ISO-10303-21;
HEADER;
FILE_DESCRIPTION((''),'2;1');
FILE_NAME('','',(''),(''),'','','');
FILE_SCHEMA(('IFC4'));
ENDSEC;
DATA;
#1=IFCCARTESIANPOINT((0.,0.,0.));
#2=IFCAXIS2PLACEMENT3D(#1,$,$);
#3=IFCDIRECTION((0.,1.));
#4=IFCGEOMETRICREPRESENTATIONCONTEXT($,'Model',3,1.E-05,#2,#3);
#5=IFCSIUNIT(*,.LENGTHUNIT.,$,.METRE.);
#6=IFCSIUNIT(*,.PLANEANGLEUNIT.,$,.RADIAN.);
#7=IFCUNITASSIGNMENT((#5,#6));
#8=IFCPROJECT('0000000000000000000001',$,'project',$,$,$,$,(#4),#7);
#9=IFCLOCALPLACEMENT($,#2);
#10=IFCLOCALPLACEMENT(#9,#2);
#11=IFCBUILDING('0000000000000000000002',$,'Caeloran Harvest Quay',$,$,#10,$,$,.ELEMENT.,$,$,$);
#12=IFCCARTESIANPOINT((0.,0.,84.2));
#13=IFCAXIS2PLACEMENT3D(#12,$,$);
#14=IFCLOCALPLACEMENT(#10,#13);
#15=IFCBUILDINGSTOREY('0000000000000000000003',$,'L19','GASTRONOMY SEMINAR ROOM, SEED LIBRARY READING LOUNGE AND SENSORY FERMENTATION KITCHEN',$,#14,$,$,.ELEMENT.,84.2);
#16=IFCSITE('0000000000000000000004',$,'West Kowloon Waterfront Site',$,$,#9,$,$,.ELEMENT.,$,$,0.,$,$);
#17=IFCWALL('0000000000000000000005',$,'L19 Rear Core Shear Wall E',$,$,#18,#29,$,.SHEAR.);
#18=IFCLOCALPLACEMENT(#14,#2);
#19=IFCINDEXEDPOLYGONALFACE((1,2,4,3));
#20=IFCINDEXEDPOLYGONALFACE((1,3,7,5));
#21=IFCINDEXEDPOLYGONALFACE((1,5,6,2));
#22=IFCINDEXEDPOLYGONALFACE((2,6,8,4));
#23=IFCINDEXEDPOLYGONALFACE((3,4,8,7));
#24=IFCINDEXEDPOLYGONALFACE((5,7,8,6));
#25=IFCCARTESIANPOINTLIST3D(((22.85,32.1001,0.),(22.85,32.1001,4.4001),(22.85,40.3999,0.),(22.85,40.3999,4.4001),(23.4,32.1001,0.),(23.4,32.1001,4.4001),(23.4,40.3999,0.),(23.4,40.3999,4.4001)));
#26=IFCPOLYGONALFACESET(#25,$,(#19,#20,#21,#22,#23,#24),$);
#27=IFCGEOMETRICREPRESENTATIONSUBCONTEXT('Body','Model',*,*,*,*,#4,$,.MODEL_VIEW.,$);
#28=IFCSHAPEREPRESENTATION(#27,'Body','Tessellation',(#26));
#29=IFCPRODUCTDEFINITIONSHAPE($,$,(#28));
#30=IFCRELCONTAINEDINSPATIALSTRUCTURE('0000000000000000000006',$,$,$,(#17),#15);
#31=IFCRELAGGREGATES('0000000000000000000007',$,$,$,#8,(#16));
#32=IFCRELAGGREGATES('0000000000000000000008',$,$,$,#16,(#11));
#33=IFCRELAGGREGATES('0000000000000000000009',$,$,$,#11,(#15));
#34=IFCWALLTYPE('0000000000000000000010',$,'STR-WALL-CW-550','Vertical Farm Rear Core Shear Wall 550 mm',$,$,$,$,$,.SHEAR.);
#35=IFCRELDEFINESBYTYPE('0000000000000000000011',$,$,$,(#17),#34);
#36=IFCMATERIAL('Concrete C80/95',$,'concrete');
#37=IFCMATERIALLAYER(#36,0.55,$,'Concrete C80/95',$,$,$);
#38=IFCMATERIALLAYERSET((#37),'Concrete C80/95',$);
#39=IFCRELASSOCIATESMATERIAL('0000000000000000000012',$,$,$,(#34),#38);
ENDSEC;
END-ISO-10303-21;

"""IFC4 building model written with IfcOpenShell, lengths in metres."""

from ifc_helpers import new_model, si_unit, direction, frame, frame_2d, origin, place, context, subcontext, project, spatial, rectangle, extrude, material, layer, layer_set, type_object, element, save


model = new_model("IFC4")

# Units and contexts
model_context = context("Model", 3, precision=1e-05, world=origin(), true_north=direction((0.0, 1.0)))
body_context = subcontext(model_context, "Body", "Model", "MODEL_VIEW")
ifc_project = project(units=[si_unit("LENGTHUNIT", "METRE"), si_unit("PLANEANGLEUNIT", "RADIAN")], contexts=[model_context])

# Site, building, storey
site_placement = place(None, origin())
site = spatial("IfcSite", under=ifc_project, at=site_placement, Name="West Kowloon Waterfront Site", CompositionType="ELEMENT", RefElevation=0.0)
building_placement = place(site_placement, origin())
building = spatial("IfcBuilding", under=site, at=building_placement, Name="Caeloran Harvest Quay", CompositionType="ELEMENT")
storey_placement = place(building_placement, frame((0.0, 0.0, 84.2)))
storey = spatial("IfcBuildingStorey", under=building, at=storey_placement, Name="L19", Description="GASTRONOMY SEMINAR ROOM, SEED LIBRARY READING LOUNGE AND SENSORY FERMENTATION KITCHEN", CompositionType="ELEMENT", Elevation=84.2)

# Shared definitions
ifc_material_1 = material(Name="Concrete C80/95", Category="concrete")

# Wall
ifc_layer_1 = layer(ifc_material_1, 0.55, Name="Concrete C80/95")
ifc_layer_set_1 = layer_set([ifc_layer_1], Name="Concrete C80/95")
wall_type_1 = type_object("IfcWallType", Name="STR-WALL-CW-550", Description="Vertical Farm Rear Core Shear Wall 550 mm", PredefinedType="SHEAR", material=ifc_layer_set_1)
wall_1_placement = place(storey_placement, frame((23.125, 32.1001, 0.0), z_axis=(0.0, 0.0, 1.0), x_axis=(0.0, 1.0, 0.0)))
element("IfcWall", 1, at=wall_1_placement, inside=storey, type_object=wall_type_1, Name="L19 Rear Core Shear Wall E", PredefinedType="SHEAR", context=body_context, shape_type="SweptSolid", body=[
    extrude(rectangle(XDim=8.2998, YDim=0.55, at=frame_2d((4.1499, 0.0))), origin(), (0.0, 0.0, 1.0), 4.4001),
])

save(model, "model.ifc")
